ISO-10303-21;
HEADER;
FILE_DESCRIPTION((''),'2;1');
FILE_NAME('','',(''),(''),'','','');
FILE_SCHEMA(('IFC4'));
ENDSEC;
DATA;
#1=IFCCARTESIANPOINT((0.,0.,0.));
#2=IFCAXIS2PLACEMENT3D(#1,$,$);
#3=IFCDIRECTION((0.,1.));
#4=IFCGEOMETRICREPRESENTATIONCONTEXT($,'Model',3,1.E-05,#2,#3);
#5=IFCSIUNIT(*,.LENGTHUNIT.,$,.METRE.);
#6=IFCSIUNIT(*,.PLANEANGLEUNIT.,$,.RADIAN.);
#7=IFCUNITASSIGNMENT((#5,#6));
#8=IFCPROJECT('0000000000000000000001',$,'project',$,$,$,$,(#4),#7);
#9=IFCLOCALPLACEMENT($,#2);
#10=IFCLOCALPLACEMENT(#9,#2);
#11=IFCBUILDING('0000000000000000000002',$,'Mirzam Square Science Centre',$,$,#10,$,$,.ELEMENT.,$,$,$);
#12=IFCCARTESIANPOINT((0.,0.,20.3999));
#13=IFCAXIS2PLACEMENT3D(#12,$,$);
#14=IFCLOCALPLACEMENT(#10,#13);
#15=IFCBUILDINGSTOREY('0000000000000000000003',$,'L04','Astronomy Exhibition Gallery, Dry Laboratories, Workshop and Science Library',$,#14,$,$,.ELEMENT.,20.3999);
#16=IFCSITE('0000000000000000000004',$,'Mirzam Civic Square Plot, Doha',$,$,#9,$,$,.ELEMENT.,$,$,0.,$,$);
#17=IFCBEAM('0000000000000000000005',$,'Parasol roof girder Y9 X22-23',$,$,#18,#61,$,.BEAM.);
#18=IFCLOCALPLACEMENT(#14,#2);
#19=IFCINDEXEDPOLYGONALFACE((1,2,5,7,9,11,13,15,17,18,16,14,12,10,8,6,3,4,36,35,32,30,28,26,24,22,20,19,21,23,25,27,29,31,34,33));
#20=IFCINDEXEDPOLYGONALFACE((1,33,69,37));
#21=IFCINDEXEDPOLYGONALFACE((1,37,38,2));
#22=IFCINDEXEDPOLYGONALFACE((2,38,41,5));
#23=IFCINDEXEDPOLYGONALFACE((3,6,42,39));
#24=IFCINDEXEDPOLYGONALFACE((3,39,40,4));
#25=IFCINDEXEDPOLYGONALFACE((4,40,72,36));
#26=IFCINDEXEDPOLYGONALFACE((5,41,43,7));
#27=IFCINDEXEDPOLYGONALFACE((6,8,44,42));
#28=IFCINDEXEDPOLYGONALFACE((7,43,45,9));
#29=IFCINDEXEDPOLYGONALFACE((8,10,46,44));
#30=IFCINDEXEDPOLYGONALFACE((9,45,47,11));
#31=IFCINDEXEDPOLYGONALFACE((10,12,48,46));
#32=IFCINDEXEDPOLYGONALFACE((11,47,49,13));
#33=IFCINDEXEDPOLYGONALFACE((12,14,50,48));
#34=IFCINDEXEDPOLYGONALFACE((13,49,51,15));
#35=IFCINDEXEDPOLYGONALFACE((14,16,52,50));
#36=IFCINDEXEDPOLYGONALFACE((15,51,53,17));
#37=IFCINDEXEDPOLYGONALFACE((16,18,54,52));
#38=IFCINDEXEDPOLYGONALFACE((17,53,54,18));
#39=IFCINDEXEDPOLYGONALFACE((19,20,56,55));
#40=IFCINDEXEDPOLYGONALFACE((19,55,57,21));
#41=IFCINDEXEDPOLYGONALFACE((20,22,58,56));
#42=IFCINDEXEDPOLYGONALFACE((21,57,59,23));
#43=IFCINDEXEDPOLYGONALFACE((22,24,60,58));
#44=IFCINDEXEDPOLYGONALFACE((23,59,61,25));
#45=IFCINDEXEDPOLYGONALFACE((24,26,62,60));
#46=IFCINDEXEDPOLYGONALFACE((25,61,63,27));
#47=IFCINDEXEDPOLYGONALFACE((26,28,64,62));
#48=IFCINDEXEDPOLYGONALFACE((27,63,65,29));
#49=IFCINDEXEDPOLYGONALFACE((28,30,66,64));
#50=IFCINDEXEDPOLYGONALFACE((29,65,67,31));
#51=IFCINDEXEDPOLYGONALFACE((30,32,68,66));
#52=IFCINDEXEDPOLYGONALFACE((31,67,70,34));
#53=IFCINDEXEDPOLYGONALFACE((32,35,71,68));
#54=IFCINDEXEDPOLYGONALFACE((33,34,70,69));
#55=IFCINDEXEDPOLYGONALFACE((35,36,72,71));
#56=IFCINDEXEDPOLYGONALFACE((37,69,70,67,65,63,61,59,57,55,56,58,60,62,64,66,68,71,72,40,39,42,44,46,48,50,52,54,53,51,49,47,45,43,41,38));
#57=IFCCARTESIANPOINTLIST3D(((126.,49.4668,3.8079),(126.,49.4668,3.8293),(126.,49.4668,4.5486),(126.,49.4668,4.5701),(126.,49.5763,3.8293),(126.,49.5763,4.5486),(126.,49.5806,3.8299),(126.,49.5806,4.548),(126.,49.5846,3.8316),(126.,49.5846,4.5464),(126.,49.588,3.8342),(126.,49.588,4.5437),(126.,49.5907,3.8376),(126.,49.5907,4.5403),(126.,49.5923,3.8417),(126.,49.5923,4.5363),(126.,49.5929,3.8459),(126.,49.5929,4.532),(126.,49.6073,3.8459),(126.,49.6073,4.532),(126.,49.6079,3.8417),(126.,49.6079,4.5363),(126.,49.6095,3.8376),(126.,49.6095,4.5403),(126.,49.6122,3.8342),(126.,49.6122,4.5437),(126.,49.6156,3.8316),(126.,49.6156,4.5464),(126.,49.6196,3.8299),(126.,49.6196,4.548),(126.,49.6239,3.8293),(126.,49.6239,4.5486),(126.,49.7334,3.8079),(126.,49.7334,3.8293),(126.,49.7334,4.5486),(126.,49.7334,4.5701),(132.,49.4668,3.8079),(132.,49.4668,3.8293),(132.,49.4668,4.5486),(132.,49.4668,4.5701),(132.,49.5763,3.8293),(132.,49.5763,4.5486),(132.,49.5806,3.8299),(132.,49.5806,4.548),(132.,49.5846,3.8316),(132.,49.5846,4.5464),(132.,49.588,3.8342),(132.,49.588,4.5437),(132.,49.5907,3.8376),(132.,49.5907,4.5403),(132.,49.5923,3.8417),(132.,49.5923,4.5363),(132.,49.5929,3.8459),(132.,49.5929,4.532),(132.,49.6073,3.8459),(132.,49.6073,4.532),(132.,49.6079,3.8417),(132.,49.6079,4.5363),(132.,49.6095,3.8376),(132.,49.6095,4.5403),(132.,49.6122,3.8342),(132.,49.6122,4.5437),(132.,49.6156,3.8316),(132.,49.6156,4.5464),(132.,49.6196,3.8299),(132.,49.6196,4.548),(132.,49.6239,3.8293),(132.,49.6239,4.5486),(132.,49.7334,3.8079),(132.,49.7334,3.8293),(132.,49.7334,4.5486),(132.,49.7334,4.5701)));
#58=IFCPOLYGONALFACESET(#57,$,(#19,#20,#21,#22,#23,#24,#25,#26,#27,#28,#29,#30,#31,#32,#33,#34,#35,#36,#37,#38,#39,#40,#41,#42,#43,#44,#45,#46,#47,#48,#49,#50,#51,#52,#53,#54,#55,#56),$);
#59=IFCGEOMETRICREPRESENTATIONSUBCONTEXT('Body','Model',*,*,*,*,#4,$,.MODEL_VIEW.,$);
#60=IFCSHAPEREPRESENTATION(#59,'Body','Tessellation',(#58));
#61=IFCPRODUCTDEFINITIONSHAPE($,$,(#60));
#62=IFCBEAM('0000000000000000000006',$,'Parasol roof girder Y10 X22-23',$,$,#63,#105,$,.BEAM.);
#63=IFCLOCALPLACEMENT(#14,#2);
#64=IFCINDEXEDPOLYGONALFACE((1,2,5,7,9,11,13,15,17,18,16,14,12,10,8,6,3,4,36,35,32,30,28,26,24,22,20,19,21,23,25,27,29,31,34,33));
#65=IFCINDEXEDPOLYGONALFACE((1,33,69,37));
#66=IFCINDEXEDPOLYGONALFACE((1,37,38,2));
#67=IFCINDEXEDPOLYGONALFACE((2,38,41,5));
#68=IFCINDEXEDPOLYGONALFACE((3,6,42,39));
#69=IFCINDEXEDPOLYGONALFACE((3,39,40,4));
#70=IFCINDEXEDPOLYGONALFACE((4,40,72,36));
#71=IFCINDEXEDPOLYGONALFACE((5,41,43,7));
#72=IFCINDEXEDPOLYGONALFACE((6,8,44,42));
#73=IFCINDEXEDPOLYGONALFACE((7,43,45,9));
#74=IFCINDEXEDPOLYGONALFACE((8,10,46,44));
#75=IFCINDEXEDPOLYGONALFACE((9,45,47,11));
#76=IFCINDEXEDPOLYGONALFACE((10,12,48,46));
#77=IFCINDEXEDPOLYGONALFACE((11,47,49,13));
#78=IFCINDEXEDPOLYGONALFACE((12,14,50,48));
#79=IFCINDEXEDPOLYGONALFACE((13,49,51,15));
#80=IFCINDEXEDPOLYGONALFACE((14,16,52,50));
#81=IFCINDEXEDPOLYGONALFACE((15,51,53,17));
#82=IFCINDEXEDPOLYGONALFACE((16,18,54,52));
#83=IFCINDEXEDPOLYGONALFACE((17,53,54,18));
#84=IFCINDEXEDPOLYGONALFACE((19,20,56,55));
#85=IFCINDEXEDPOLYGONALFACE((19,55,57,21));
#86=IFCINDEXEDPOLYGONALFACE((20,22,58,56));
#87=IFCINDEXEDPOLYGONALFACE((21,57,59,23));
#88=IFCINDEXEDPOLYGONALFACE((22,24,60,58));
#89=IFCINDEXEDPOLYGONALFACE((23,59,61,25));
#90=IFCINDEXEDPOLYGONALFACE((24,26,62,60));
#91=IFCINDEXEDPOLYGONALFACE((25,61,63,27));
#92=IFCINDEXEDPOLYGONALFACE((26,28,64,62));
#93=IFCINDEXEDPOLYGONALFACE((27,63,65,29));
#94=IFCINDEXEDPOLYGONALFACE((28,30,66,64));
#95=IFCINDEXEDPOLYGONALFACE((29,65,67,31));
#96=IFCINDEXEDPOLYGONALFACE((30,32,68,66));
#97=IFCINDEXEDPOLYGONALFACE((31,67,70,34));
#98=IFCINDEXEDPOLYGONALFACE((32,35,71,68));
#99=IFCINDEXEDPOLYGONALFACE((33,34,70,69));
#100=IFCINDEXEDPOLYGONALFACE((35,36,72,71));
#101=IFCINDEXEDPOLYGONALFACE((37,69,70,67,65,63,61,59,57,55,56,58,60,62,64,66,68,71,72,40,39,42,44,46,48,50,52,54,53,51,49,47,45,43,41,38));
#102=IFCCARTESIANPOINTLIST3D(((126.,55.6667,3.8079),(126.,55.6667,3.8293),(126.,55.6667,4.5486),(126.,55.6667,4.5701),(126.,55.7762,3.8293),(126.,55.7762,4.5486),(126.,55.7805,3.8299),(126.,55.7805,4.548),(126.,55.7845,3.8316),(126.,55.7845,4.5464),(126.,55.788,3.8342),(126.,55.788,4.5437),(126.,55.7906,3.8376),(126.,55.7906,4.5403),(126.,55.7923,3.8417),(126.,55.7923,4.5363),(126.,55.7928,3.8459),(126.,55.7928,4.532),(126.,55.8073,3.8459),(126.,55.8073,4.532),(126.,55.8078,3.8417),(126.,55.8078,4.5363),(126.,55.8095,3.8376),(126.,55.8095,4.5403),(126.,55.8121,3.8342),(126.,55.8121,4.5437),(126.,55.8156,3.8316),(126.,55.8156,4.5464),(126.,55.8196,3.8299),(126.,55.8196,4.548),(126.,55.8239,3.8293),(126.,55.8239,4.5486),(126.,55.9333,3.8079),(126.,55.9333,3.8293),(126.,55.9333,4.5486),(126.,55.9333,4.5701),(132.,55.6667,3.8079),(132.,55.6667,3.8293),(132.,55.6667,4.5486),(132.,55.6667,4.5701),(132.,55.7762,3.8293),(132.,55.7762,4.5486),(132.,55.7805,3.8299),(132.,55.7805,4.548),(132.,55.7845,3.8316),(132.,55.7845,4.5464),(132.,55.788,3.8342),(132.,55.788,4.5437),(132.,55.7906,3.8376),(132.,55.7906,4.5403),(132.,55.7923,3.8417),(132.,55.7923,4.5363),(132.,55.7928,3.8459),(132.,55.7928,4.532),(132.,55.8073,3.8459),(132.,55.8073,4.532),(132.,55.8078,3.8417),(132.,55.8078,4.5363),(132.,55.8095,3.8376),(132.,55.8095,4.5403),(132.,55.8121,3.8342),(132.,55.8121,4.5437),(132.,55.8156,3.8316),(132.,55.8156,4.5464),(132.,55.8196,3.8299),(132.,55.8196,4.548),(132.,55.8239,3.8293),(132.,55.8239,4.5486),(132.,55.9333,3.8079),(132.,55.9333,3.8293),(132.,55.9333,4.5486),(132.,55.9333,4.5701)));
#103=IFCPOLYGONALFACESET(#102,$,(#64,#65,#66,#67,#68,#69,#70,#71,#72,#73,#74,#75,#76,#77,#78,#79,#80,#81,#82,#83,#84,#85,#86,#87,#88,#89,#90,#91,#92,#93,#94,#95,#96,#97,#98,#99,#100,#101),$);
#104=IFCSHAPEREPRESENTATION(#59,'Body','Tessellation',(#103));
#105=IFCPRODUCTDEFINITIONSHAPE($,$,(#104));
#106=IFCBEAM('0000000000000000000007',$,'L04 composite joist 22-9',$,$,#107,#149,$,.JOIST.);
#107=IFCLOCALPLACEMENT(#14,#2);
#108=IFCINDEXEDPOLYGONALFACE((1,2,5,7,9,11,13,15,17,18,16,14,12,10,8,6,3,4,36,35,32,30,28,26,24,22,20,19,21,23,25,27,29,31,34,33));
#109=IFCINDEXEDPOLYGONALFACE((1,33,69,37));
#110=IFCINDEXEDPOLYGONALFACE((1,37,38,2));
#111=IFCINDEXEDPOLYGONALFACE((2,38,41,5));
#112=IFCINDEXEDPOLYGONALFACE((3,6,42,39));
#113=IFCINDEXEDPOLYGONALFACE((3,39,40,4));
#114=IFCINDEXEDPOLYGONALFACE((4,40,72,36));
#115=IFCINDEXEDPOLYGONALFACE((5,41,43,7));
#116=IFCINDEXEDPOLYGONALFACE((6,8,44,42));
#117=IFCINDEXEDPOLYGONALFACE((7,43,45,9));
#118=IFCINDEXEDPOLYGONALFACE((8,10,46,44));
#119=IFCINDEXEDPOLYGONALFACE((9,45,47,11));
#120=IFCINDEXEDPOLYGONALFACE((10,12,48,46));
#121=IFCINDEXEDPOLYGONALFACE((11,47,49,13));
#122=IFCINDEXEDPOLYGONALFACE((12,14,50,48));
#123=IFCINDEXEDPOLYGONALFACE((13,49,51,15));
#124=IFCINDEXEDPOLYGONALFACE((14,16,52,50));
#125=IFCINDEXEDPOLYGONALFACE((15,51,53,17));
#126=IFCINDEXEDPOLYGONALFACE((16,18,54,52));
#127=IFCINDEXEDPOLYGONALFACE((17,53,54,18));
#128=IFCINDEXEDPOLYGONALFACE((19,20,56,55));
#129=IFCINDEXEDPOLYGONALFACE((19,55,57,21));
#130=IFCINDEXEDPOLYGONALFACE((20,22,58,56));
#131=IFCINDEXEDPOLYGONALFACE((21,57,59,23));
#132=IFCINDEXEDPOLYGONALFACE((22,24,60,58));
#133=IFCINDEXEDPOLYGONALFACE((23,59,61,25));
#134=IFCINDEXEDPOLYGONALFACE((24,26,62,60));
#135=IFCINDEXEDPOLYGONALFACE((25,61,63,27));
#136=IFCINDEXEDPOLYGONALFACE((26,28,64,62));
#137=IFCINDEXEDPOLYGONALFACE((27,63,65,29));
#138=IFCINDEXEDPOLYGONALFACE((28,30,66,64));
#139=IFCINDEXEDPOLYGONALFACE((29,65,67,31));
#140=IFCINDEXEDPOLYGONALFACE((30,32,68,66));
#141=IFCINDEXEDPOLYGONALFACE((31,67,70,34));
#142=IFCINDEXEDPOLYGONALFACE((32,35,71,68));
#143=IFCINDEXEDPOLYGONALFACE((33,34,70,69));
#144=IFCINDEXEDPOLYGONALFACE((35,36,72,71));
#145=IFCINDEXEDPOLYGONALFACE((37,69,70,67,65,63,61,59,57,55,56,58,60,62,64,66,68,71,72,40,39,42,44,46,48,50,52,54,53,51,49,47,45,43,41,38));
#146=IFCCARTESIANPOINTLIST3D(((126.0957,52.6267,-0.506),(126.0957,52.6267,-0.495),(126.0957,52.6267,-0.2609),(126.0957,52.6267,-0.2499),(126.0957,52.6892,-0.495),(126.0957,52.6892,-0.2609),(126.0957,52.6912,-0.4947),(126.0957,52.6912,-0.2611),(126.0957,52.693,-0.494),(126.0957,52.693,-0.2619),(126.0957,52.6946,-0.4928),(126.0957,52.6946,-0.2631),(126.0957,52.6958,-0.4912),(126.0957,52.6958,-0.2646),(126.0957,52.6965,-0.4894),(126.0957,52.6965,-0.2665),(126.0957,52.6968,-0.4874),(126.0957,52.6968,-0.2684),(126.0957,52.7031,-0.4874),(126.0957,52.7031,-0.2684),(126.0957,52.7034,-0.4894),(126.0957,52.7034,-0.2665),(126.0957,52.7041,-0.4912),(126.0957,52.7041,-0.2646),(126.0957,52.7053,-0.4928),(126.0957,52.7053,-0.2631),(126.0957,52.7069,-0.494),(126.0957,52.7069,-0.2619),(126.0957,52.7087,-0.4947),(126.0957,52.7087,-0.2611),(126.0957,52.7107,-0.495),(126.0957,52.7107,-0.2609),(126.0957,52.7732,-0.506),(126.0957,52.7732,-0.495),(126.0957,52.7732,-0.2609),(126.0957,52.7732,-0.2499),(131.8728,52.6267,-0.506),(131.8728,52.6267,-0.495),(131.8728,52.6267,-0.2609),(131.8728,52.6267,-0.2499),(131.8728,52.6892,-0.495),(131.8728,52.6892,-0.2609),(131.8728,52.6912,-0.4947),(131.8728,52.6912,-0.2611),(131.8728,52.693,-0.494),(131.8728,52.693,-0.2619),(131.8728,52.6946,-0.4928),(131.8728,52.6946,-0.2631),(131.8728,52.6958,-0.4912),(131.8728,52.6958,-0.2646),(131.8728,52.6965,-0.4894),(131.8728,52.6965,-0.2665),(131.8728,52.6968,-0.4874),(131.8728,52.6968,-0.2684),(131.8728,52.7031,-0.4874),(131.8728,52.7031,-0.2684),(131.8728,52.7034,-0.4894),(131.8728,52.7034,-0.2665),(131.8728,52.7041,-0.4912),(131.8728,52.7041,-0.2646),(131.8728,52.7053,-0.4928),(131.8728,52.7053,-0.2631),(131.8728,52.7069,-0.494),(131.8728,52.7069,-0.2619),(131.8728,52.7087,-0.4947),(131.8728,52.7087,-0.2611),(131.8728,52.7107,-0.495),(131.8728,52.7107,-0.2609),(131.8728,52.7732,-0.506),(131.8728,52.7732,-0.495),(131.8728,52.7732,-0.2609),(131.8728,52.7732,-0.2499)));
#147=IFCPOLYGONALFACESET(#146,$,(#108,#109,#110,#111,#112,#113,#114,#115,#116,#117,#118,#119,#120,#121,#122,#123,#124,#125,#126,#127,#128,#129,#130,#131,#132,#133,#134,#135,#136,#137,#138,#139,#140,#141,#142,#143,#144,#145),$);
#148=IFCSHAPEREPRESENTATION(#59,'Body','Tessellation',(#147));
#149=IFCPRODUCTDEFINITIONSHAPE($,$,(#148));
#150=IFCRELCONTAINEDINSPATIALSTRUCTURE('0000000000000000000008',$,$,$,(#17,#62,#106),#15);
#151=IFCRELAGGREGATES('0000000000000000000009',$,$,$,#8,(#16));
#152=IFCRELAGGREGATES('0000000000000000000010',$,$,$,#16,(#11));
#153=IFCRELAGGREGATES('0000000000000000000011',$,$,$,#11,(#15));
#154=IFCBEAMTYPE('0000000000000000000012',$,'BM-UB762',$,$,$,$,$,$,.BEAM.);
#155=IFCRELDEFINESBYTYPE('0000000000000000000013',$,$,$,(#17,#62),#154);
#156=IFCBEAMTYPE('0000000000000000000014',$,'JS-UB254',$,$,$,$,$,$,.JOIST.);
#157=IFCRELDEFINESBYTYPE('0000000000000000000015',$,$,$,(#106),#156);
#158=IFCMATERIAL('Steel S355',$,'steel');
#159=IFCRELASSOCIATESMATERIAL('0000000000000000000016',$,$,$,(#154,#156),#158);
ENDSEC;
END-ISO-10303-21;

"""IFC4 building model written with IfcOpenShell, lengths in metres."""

from ifc_helpers import new_model, si_unit, direction, frame, origin, origin_2d, place, context, subcontext, project, spatial, i_section, extrude, material, material_profile, profile_set, type_object, element, save


model = new_model("IFC4")

# Units and contexts
model_context = context("Model", 3, precision=1e-05, world=origin(), true_north=direction((0.0, 1.0)))
body_context = subcontext(model_context, "Body", "Model", "MODEL_VIEW")
ifc_project = project(units=[si_unit("LENGTHUNIT", "METRE"), si_unit("PLANEANGLEUNIT", "RADIAN")], contexts=[model_context])

# Site, building, storey
site_placement = place(None, origin())
site = spatial("IfcSite", under=ifc_project, at=site_placement, Name="Mirzam Civic Square Plot, Doha", CompositionType="ELEMENT", RefElevation=0.0)
building_placement = place(site_placement, origin())
building = spatial("IfcBuilding", under=site, at=building_placement, Name="Mirzam Square Science Centre", CompositionType="ELEMENT")
storey_placement = place(building_placement, frame((0.0, 0.0, 20.3999)))
storey = spatial("IfcBuildingStorey", under=building, at=storey_placement, Name="L04", Description="Astronomy Exhibition Gallery, Dry Laboratories, Workshop and Science Library", CompositionType="ELEMENT", Elevation=20.3999)

# Shared definitions
ifc_material_1 = material(Name="Steel S355", Category="steel")

# Beams
ifc_material_profile_1 = material_profile(ifc_material_1, i_section(OverallWidth=0.2666, OverallDepth=0.7622, WebThickness=0.0144, FlangeThickness=0.0215, FilletRadius=0.0166, at=origin_2d()), Name="762x267x173UB")
ifc_profile_set_1 = profile_set([ifc_material_profile_1], Name="Steel S355")
beam_type_1 = type_object("IfcBeamType", Name="BM-UB762", PredefinedType="BEAM", material=ifc_profile_set_1)
for number, where, z_axis, x_axis, name in (
    (1, (126.0, 49.6001, 4.189), (1.0, 0.0, 0.0), (0.0, 1.0, 0.0), "Parasol roof girder Y9 X22-23"),
    (2, (126.0, 55.8, 4.189), (1.0, 0.0, 0.0), (0.0, 1.0, 0.0), "Parasol roof girder Y10 X22-23"),
):
    element("IfcBeam", number, at=place(storey_placement, frame(where, z_axis=z_axis, x_axis=x_axis)), inside=storey, type_object=beam_type_1, Name=name, PredefinedType="BEAM", context=body_context, shape_type="SweptSolid", body=[
        extrude(i_section(OverallWidth=0.2666, OverallDepth=0.7622, WebThickness=0.0144, FlangeThickness=0.0215, FilletRadius=0.0166, at=origin_2d()), origin(), (0.0, 0.0, 1.0), 6.0),
    ])
ifc_material_profile_2 = material_profile(ifc_material_1, i_section(OverallWidth=0.1465, OverallDepth=0.2561, WebThickness=0.0063, FlangeThickness=0.011, FilletRadius=0.0076, at=origin_2d()), Name="254x146x37UB")
ifc_profile_set_2 = profile_set([ifc_material_profile_2], Name="Steel S355")
beam_type_2 = type_object("IfcBeamType", Name="JS-UB254", PredefinedType="JOIST", material=ifc_profile_set_2)
beam_1_placement = place(storey_placement, frame((126.0957, 52.7, -0.3779), z_axis=(1.0, 0.0, 0.0), x_axis=(0.0, 1.0, 0.0)))
element("IfcBeam", 3, at=beam_1_placement, inside=storey, type_object=beam_type_2, Name="L04 composite joist 22-9", PredefinedType="JOIST", context=body_context, shape_type="SweptSolid", body=[
    extrude(i_section(OverallWidth=0.1465, OverallDepth=0.2561, WebThickness=0.0063, FlangeThickness=0.011, FilletRadius=0.0076, at=origin_2d()), origin(), (0.0, 0.0, 1.0), 5.7771),
])

save(model, "model.ifc")
